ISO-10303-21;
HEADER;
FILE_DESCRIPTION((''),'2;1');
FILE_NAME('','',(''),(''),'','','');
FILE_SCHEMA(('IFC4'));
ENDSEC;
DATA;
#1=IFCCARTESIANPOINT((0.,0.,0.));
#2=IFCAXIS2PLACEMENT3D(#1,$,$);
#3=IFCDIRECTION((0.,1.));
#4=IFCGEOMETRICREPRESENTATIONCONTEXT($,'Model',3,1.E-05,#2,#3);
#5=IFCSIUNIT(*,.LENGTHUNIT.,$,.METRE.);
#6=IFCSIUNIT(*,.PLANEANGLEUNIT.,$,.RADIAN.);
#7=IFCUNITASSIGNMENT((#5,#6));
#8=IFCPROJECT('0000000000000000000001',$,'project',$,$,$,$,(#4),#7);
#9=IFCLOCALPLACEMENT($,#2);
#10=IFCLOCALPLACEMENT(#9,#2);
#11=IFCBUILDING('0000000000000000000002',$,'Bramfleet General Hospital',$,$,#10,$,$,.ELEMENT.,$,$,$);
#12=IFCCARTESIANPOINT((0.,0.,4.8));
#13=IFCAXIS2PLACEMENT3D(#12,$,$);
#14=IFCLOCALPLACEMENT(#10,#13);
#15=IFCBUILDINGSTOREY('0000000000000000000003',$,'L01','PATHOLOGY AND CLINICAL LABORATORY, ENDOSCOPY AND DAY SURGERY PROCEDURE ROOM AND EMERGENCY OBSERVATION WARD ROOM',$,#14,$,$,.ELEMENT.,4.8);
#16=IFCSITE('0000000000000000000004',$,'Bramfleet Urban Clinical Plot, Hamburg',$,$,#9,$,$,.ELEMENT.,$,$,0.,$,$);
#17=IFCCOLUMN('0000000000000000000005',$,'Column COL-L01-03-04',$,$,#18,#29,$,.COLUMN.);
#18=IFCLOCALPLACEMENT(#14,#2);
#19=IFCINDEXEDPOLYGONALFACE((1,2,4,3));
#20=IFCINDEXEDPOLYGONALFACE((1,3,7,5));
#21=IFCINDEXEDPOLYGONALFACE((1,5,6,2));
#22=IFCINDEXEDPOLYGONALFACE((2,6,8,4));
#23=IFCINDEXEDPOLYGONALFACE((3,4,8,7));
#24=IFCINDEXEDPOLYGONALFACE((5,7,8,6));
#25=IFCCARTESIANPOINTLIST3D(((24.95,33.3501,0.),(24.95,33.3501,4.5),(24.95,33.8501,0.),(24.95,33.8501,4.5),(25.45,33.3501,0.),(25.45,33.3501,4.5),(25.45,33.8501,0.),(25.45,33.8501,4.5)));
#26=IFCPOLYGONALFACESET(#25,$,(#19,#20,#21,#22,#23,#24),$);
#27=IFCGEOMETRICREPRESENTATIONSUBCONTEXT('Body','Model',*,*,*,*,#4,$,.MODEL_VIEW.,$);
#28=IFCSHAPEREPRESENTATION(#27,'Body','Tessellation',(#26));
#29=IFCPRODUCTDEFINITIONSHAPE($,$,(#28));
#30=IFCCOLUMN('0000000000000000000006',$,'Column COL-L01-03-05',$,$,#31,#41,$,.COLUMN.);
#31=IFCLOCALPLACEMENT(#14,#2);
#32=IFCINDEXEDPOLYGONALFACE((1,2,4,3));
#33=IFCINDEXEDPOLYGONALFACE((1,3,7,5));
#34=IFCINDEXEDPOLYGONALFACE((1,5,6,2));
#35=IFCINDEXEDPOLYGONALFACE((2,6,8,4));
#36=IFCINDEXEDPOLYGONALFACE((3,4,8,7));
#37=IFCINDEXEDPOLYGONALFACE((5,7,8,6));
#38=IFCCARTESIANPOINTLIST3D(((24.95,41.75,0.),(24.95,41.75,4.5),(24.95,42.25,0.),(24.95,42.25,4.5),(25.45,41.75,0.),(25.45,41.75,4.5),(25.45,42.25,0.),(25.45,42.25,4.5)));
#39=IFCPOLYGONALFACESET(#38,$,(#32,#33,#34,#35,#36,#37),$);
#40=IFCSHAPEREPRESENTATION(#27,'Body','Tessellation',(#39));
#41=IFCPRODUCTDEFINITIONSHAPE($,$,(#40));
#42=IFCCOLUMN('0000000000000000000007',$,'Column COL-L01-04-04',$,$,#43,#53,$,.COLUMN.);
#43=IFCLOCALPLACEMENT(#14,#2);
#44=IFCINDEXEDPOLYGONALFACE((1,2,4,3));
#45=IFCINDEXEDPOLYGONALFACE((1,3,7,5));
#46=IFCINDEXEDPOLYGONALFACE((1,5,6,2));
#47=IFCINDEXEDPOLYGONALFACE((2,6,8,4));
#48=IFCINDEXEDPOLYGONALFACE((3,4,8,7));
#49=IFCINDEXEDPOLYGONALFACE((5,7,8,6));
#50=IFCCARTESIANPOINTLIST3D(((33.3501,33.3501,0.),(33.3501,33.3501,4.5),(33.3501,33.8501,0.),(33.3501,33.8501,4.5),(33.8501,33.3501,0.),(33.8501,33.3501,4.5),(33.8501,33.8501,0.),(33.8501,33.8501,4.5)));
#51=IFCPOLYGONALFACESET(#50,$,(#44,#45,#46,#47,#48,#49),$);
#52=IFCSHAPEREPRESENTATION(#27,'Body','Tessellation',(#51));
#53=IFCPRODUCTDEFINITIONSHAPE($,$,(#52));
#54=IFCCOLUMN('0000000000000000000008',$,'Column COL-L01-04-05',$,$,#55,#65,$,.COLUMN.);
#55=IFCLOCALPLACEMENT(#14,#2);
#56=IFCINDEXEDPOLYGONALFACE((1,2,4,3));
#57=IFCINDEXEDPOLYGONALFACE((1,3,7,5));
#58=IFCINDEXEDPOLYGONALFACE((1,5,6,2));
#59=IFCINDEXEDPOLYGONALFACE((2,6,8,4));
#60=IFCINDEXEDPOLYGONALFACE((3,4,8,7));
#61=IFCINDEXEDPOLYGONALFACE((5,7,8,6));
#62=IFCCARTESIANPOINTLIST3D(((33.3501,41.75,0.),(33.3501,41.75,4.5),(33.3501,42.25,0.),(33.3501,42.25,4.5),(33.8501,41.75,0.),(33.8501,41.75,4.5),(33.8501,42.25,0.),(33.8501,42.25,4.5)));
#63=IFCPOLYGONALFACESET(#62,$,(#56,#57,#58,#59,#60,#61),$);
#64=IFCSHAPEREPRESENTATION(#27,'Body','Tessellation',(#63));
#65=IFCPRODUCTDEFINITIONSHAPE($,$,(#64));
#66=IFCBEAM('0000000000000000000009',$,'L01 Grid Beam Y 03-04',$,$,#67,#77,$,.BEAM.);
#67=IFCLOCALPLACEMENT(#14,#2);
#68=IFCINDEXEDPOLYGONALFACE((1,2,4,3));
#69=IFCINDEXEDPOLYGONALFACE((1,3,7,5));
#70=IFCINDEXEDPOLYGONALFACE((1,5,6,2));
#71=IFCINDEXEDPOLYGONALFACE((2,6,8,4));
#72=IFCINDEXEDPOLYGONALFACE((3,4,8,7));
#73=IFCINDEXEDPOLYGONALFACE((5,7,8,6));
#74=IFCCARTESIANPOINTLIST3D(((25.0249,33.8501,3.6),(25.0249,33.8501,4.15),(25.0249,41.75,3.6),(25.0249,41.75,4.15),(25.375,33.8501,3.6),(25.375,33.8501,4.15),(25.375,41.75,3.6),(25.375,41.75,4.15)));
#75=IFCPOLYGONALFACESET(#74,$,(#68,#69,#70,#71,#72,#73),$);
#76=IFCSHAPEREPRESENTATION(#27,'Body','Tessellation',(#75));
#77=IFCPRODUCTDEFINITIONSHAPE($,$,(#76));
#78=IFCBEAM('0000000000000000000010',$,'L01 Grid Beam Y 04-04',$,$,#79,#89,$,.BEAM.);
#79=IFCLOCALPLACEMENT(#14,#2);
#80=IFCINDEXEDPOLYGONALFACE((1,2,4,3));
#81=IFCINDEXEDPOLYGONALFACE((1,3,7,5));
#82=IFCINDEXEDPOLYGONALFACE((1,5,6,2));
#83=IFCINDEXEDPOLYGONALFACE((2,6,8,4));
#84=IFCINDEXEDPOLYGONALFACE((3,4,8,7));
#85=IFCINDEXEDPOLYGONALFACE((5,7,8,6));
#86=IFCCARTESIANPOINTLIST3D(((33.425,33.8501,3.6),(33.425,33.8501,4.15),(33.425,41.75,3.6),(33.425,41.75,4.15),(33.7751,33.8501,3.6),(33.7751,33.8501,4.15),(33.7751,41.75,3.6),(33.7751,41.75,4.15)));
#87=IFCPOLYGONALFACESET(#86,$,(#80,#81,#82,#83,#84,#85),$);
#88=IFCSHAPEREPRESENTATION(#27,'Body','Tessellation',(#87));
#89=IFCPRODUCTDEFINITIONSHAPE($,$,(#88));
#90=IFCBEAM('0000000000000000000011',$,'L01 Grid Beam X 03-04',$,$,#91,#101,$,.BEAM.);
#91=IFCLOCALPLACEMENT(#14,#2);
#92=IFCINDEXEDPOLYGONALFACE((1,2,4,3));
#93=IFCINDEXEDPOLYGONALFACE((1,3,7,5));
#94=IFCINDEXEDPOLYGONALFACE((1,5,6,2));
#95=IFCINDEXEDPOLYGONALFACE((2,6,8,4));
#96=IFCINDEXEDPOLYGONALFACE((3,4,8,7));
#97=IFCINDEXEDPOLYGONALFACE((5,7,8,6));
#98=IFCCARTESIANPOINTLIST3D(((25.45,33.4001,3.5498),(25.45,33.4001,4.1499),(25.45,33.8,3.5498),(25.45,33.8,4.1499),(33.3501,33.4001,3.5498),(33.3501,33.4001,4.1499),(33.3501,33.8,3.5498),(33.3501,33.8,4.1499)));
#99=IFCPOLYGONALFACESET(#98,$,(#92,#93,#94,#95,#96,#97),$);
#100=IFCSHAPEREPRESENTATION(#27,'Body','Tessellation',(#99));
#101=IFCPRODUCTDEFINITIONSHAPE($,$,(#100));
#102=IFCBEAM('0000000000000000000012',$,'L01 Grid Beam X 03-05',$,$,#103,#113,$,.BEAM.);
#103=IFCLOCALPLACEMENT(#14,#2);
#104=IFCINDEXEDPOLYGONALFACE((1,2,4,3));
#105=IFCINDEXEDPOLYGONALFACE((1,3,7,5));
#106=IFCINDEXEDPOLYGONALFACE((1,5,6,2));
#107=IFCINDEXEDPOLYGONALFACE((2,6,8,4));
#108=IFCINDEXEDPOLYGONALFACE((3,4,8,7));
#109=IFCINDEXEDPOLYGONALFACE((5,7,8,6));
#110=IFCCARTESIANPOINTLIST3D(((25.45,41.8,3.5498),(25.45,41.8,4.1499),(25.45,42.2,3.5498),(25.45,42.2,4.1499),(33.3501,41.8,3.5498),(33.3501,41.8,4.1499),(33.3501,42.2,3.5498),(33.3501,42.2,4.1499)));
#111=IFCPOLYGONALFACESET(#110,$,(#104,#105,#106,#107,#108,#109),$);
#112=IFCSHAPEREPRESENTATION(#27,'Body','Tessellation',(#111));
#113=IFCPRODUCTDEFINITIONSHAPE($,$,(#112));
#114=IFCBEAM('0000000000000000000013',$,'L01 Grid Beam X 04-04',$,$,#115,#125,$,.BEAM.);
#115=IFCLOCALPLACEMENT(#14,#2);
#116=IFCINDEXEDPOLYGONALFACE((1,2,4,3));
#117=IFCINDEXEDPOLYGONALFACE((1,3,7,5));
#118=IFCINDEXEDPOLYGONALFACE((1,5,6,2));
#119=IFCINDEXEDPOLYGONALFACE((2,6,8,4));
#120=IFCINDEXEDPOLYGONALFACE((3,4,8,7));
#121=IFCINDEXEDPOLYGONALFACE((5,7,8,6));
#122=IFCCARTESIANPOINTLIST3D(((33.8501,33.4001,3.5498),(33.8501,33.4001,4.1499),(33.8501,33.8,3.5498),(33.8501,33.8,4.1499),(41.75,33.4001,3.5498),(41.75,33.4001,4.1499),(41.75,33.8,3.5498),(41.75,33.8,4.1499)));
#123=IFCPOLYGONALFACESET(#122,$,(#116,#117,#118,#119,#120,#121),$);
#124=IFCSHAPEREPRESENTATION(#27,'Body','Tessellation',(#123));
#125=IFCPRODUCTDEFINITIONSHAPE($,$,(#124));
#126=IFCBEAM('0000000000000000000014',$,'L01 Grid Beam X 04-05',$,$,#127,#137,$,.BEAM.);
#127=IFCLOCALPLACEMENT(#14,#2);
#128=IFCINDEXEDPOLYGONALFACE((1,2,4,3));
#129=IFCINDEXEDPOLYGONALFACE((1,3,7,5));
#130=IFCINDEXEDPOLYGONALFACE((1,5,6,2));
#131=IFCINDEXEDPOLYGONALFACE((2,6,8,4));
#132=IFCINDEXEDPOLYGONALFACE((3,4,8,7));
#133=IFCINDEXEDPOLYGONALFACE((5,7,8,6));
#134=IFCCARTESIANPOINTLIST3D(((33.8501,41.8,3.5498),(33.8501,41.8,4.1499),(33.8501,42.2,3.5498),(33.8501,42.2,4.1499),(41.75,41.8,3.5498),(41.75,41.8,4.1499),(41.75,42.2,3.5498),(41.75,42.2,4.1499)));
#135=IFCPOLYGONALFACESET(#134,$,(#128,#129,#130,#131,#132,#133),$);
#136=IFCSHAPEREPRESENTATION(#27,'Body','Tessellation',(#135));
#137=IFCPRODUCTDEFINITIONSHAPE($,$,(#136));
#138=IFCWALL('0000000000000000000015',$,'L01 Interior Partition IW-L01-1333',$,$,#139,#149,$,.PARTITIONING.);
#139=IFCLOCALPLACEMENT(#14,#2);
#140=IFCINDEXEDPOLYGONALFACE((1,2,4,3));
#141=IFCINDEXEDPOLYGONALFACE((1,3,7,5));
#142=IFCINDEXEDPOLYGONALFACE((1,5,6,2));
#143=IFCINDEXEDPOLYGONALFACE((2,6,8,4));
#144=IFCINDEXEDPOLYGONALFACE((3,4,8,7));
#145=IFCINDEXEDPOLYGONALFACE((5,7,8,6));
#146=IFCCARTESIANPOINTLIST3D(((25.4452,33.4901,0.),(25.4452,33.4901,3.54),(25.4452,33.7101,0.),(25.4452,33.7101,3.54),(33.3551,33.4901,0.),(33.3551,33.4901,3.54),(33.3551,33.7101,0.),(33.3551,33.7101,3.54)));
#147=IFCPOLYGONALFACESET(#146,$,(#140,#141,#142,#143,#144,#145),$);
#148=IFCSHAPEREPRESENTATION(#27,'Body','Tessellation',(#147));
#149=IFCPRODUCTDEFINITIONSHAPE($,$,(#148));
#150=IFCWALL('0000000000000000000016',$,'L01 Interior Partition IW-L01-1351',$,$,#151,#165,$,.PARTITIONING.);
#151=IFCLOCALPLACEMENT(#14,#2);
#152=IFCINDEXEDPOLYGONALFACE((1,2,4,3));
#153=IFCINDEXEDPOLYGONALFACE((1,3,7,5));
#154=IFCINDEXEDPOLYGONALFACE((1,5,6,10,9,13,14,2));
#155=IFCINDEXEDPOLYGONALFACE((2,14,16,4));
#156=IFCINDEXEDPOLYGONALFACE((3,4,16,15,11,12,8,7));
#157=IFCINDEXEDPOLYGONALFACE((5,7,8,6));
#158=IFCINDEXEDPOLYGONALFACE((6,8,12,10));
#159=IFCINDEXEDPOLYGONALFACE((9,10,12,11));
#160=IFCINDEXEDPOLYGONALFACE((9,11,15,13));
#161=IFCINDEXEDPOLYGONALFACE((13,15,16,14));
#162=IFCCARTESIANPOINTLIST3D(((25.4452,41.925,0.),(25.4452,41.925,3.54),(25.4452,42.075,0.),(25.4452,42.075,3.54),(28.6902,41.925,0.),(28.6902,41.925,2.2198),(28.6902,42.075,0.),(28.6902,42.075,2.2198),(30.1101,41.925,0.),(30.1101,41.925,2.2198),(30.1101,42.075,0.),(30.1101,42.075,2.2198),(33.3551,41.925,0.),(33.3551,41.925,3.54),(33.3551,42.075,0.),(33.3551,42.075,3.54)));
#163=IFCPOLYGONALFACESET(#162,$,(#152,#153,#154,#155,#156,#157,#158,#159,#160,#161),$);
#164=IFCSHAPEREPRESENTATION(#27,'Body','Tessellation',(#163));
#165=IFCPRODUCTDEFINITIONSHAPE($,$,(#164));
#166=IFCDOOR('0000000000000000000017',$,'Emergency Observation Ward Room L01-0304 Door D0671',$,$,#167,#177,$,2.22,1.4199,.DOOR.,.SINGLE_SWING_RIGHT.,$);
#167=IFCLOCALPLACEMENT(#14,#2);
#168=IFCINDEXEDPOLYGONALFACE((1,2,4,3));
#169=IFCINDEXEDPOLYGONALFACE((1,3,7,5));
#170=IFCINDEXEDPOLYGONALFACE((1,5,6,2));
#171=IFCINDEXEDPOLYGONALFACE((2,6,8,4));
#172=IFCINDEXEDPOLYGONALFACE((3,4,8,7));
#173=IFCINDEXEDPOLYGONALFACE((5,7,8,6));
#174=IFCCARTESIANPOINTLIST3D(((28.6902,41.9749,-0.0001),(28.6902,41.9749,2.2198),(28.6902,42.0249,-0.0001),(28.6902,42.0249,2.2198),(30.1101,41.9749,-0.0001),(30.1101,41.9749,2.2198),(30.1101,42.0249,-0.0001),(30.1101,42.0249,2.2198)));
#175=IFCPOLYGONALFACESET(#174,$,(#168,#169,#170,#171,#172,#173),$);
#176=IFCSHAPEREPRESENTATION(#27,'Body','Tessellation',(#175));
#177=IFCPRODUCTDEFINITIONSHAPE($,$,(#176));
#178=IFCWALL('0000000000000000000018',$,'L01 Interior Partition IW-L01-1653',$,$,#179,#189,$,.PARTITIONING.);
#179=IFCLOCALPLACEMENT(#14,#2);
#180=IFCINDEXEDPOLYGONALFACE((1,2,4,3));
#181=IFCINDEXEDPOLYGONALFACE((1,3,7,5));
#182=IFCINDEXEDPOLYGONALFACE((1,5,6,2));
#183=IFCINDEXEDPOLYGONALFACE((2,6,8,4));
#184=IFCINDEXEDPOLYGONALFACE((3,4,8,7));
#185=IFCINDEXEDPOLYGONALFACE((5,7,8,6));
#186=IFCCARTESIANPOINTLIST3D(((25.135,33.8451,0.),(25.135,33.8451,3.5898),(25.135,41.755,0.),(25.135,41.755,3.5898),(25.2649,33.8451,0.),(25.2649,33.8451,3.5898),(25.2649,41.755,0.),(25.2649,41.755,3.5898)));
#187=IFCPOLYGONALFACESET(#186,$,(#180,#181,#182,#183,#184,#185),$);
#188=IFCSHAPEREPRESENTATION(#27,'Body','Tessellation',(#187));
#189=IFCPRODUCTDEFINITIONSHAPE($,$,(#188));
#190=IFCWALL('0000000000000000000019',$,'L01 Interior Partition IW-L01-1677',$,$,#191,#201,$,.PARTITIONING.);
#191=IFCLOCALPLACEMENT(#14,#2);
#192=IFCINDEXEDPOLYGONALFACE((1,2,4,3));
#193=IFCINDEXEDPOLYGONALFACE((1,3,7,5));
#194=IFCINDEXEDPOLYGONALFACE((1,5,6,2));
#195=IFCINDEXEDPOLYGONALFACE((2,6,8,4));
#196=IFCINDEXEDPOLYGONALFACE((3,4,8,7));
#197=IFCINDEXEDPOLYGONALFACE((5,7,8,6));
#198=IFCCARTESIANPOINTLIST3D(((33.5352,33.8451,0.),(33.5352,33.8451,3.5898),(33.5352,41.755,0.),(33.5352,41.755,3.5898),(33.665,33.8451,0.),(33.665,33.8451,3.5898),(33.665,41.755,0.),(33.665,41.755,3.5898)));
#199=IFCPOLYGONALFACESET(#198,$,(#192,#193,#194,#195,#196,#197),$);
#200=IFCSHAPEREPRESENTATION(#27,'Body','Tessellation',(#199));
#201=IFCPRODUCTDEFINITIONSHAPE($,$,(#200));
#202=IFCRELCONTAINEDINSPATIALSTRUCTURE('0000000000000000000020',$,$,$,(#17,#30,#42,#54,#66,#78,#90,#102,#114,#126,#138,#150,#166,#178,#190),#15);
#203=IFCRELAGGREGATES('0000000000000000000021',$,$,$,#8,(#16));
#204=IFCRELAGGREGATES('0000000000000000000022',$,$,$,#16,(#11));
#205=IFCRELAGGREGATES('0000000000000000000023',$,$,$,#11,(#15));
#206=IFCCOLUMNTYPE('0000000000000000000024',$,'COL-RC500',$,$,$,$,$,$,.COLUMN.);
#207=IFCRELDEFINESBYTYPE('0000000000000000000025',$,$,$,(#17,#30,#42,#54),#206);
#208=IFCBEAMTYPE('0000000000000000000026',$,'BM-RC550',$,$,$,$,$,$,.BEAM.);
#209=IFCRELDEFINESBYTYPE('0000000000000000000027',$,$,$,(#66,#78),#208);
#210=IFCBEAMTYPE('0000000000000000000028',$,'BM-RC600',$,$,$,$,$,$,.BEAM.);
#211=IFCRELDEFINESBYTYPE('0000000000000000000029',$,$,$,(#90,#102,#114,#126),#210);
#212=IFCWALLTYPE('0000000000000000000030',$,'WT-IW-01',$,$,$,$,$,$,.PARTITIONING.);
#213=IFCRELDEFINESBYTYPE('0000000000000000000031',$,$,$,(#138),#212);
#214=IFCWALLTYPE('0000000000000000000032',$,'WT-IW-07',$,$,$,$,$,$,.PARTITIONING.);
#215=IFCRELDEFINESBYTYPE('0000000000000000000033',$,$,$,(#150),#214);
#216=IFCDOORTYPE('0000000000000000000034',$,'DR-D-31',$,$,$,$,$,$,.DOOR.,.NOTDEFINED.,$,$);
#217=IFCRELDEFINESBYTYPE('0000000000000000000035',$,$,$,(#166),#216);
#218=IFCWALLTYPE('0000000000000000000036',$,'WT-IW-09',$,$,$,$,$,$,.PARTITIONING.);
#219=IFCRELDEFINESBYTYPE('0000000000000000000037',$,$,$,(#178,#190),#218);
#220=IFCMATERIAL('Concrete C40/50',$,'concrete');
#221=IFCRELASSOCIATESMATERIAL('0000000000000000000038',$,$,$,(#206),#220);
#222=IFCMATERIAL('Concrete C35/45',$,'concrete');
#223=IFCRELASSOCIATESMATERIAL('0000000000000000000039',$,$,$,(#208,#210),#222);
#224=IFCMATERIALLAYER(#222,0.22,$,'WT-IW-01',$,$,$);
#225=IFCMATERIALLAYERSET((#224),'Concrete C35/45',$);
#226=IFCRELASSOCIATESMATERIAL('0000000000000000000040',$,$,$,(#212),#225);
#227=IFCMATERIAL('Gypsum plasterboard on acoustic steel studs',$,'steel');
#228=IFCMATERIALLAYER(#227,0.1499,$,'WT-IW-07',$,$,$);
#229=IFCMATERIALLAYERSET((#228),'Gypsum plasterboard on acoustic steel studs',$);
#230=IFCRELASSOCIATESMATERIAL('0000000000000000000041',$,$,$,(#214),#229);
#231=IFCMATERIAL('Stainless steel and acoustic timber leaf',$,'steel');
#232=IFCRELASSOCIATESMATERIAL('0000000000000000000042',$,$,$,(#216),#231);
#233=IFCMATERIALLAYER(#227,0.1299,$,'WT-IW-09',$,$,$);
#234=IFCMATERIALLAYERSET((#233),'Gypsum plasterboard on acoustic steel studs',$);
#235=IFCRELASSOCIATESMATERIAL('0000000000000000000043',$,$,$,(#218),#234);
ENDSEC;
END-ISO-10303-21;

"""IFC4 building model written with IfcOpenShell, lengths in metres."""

from ifc_helpers import new_model, si_unit, direction, frame, frame_2d, origin, origin_2d, place, context, subcontext, project, spatial, rectangle, extrude, material, layer, layer_set, material_profile, profile_set, type_object, element, fill, save


model = new_model("IFC4")

# Units and contexts
model_context = context("Model", 3, precision=1e-05, world=origin(), true_north=direction((0.0, 1.0)))
body_context = subcontext(model_context, "Body", "Model", "MODEL_VIEW")
ifc_project = project(units=[si_unit("LENGTHUNIT", "METRE"), si_unit("PLANEANGLEUNIT", "RADIAN")], contexts=[model_context])

# Site, building, storey
site_placement = place(None, origin())
site = spatial("IfcSite", under=ifc_project, at=site_placement, Name="Bramfleet Urban Clinical Plot, Hamburg", CompositionType="ELEMENT", RefElevation=0.0)
building_placement = place(site_placement, origin())
building = spatial("IfcBuilding", under=site, at=building_placement, Name="Bramfleet General Hospital", CompositionType="ELEMENT")
storey_placement = place(building_placement, frame((0.0, 0.0, 4.8)))
storey = spatial("IfcBuildingStorey", under=building, at=storey_placement, Name="L01", Description="PATHOLOGY AND CLINICAL LABORATORY, ENDOSCOPY AND DAY SURGERY PROCEDURE ROOM AND EMERGENCY OBSERVATION WARD ROOM", CompositionType="ELEMENT", Elevation=4.8)

# Columns
ifc_material_1 = material(Name="Concrete C40/50", Category="concrete")
ifc_material_profile_1 = material_profile(ifc_material_1, rectangle(XDim=0.5, YDim=0.5, at=origin_2d()), Name="RC COL 500x500")
ifc_profile_set_1 = profile_set([ifc_material_profile_1], Name="Concrete C40/50")
column_type = type_object("IfcColumnType", Name="COL-RC500", PredefinedType="COLUMN", material=ifc_profile_set_1)
for number, where, z_axis, x_axis, name in (
    (1, (25.2, 33.6001, 0.0), (0.0, 0.0, 1.0), (1.0, 0.0, 0.0), "Column COL-L01-03-04"),
    (2, (25.2, 42.0, 0.0), (0.0, 0.0, 1.0), (1.0, 0.0, 0.0), "Column COL-L01-03-05"),
    (3, (33.6001, 33.6001, 0.0), (0.0, 0.0, 1.0), (1.0, 0.0, 0.0), "Column COL-L01-04-04"),
    (4, (33.6001, 42.0, 0.0), (0.0, 0.0, 1.0), (1.0, 0.0, 0.0), "Column COL-L01-04-05"),
):
    element("IfcColumn", number, at=place(storey_placement, frame(where, z_axis=z_axis, x_axis=x_axis)), inside=storey, type_object=column_type, Name=name, PredefinedType="COLUMN", context=body_context, shape_type="SweptSolid", body=[
        extrude(rectangle(XDim=0.5, YDim=0.5, at=origin_2d()), origin(), (0.0, 0.0, 1.0), 4.5),
    ])

# Beams
ifc_material_2 = material(Name="Concrete C35/45", Category="concrete")
ifc_material_profile_2 = material_profile(ifc_material_2, rectangle(XDim=0.3501, YDim=0.55, at=origin_2d()), Name="RC BM 550x350")
ifc_profile_set_2 = profile_set([ifc_material_profile_2], Name="Concrete C35/45")
beam_type_1 = type_object("IfcBeamType", Name="BM-RC550", PredefinedType="BEAM", material=ifc_profile_set_2)
for number, where, z_axis, x_axis, name in (
    (5, (25.2, 33.8501, 3.875), (0.0, 1.0, 0.0), (-1.0, 0.0, 0.0), "L01 Grid Beam Y 03-04"),
    (6, (33.6001, 33.8501, 3.875), (0.0, 1.0, 0.0), (-1.0, 0.0, 0.0), "L01 Grid Beam Y 04-04"),
):
    element("IfcBeam", number, at=place(storey_placement, frame(where, z_axis=z_axis, x_axis=x_axis)), inside=storey, type_object=beam_type_1, Name=name, PredefinedType="BEAM", context=body_context, shape_type="SweptSolid", body=[
        extrude(rectangle(XDim=0.3501, YDim=0.55, at=origin_2d()), origin(), (0.0, 0.0, 1.0), 7.8999),
    ])
ifc_material_profile_3 = material_profile(ifc_material_2, rectangle(XDim=0.3999, YDim=0.6001, at=origin_2d()), Name="RC BM 600x400")
ifc_profile_set_3 = profile_set([ifc_material_profile_3], Name="Concrete C35/45")
beam_type_2 = type_object("IfcBeamType", Name="BM-RC600", PredefinedType="BEAM", material=ifc_profile_set_3)
for number, where, z_axis, x_axis, name in (
    (7, (25.45, 33.6001, 3.8499), (1.0, 0.0, 0.0), (0.0, 1.0, 0.0), "L01 Grid Beam X 03-04"),
    (8, (25.45, 42.0, 3.8499), (1.0, 0.0, 0.0), (0.0, 1.0, 0.0), "L01 Grid Beam X 03-05"),
):
    element("IfcBeam", number, at=place(storey_placement, frame(where, z_axis=z_axis, x_axis=x_axis)), inside=storey, type_object=beam_type_2, Name=name, PredefinedType="BEAM", context=body_context, shape_type="SweptSolid", body=[
        extrude(rectangle(XDim=0.3999, YDim=0.6001, at=origin_2d()), origin(), (0.0, 0.0, 1.0), 7.9001),
    ])
for number, where, z_axis, x_axis, name in (
    (9, (33.8501, 33.6001, 3.8499), (1.0, 0.0, 0.0), (0.0, 1.0, 0.0), "L01 Grid Beam X 04-04"),
    (10, (33.8501, 42.0, 3.8499), (1.0, 0.0, 0.0), (0.0, 1.0, 0.0), "L01 Grid Beam X 04-05"),
):
    element("IfcBeam", number, at=place(storey_placement, frame(where, z_axis=z_axis, x_axis=x_axis)), inside=storey, type_object=beam_type_2, Name=name, PredefinedType="BEAM", context=body_context, shape_type="SweptSolid", body=[
        extrude(rectangle(XDim=0.3999, YDim=0.6001, at=origin_2d()), origin(), (0.0, 0.0, 1.0), 7.8999),
    ])

# Wall
ifc_layer_1 = layer(ifc_material_2, 0.22, Name="WT-IW-01")
ifc_layer_set_1 = layer_set([ifc_layer_1], Name="Concrete C35/45")
wall_type_1 = type_object("IfcWallType", Name="WT-IW-01", PredefinedType="PARTITIONING", material=ifc_layer_set_1)
wall_1_placement = place(storey_placement, frame((25.4451, 33.6001, 0.0), z_axis=(0.0, 0.0, 1.0), x_axis=(1.0, 0.0, 0.0)))
element("IfcWall", 11, at=wall_1_placement, inside=storey, type_object=wall_type_1, Name="L01 Interior Partition IW-L01-1333", PredefinedType="PARTITIONING", context=body_context, shape_type="SweptSolid", body=[
    extrude(rectangle(XDim=7.9099, YDim=0.22, at=frame_2d((3.9551, 0.0))), origin(), (0.0, 0.0, 1.0), 3.54),
])

# Wall, opening, door
ifc_material_3 = material(Name="Gypsum plasterboard on acoustic steel studs", Category="steel")
ifc_layer_2 = layer(ifc_material_3, 0.1499, Name="WT-IW-07")
ifc_layer_set_2 = layer_set([ifc_layer_2], Name="Gypsum plasterboard on acoustic steel studs")
wall_type_2 = type_object("IfcWallType", Name="WT-IW-07", PredefinedType="PARTITIONING", material=ifc_layer_set_2)
wall_2_placement = place(storey_placement, frame((25.4451, 42.0, 0.0), z_axis=(0.0, 0.0, 1.0), x_axis=(1.0, 0.0, 0.0)))
wall_2 = element("IfcWall", 12, at=wall_2_placement, inside=storey, type_object=wall_type_2, Name="L01 Interior Partition IW-L01-1351", PredefinedType="PARTITIONING", context=body_context, shape_type="SweptSolid", body=[
    extrude(rectangle(XDim=7.9099, YDim=0.1499, at=frame_2d((3.9551, 0.0))), origin(), (0.0, 0.0, 1.0), 3.54),
])
opening_1_placement = place(wall_2_placement, frame((3.2451, 0.0, 0.0)))
opening_1 = element("IfcOpeningElement", 13, at=opening_1_placement, cuts=wall_2, PredefinedType="OPENING", context=body_context, shape_type="SweptSolid", body=[
    extrude(rectangle(XDim=1.4199, YDim=2.22, at=frame_2d((0.71, 1.1099))), frame((0.0, 0.085, 0.0), z_axis=(0.0, -1.0, 0.0), x_axis=(1.0, 0.0, 0.0)), (0.0, 0.0, 1.0), 0.1699),
])
ifc_material_4 = material(Name="Stainless steel and acoustic timber leaf", Category="steel")
door_type_1 = type_object("IfcDoorType", Name="DR-D-31", OperationType="NOTDEFINED", PredefinedType="DOOR", material=ifc_material_4)
door_1_placement = place(opening_1_placement, origin())
door_1 = element("IfcDoor", 14, at=door_1_placement, inside=storey, type_object=door_type_1, Name="Emergency Observation Ward Room L01-0304 Door D0671", OperationType="SINGLE_SWING_RIGHT", OverallHeight=2.22, OverallWidth=1.4199, PredefinedType="DOOR", context=body_context, shape_type="SweptSolid", body=[
    extrude(rectangle(XDim=1.4199, YDim=2.22, at=frame_2d((0.71, 1.1099))), frame((0.0, 0.0249, 0.0), z_axis=(0.0, -1.0, 0.0), x_axis=(1.0, 0.0, 0.0)), (0.0, 0.0, 1.0), 0.05),
])
fill(opening_1, door_1)

# Walls
ifc_layer_3 = layer(ifc_material_3, 0.1299, Name="WT-IW-09")
ifc_layer_set_3 = layer_set([ifc_layer_3], Name="Gypsum plasterboard on acoustic steel studs")
wall_type_3 = type_object("IfcWallType", Name="WT-IW-09", PredefinedType="PARTITIONING", material=ifc_layer_set_3)
for number, where, z_axis, x_axis, name in (
    (15, (25.2, 33.845, 0.0), (0.0, 0.0, 1.0), (0.0, 1.0, 0.0), "L01 Interior Partition IW-L01-1653"),
    (16, (33.6001, 33.845, 0.0), (0.0, 0.0, 1.0), (0.0, 1.0, 0.0), "L01 Interior Partition IW-L01-1677"),
):
    element("IfcWall", number, at=place(storey_placement, frame(where, z_axis=z_axis, x_axis=x_axis)), inside=storey, type_object=wall_type_3, Name=name, PredefinedType="PARTITIONING", context=body_context, shape_type="SweptSolid", body=[
        extrude(rectangle(XDim=7.9099, YDim=0.1299, at=frame_2d((3.9551, 0.0))), origin(), (0.0, 0.0, 1.0), 3.5898),
    ])

save(model, "model.ifc")
